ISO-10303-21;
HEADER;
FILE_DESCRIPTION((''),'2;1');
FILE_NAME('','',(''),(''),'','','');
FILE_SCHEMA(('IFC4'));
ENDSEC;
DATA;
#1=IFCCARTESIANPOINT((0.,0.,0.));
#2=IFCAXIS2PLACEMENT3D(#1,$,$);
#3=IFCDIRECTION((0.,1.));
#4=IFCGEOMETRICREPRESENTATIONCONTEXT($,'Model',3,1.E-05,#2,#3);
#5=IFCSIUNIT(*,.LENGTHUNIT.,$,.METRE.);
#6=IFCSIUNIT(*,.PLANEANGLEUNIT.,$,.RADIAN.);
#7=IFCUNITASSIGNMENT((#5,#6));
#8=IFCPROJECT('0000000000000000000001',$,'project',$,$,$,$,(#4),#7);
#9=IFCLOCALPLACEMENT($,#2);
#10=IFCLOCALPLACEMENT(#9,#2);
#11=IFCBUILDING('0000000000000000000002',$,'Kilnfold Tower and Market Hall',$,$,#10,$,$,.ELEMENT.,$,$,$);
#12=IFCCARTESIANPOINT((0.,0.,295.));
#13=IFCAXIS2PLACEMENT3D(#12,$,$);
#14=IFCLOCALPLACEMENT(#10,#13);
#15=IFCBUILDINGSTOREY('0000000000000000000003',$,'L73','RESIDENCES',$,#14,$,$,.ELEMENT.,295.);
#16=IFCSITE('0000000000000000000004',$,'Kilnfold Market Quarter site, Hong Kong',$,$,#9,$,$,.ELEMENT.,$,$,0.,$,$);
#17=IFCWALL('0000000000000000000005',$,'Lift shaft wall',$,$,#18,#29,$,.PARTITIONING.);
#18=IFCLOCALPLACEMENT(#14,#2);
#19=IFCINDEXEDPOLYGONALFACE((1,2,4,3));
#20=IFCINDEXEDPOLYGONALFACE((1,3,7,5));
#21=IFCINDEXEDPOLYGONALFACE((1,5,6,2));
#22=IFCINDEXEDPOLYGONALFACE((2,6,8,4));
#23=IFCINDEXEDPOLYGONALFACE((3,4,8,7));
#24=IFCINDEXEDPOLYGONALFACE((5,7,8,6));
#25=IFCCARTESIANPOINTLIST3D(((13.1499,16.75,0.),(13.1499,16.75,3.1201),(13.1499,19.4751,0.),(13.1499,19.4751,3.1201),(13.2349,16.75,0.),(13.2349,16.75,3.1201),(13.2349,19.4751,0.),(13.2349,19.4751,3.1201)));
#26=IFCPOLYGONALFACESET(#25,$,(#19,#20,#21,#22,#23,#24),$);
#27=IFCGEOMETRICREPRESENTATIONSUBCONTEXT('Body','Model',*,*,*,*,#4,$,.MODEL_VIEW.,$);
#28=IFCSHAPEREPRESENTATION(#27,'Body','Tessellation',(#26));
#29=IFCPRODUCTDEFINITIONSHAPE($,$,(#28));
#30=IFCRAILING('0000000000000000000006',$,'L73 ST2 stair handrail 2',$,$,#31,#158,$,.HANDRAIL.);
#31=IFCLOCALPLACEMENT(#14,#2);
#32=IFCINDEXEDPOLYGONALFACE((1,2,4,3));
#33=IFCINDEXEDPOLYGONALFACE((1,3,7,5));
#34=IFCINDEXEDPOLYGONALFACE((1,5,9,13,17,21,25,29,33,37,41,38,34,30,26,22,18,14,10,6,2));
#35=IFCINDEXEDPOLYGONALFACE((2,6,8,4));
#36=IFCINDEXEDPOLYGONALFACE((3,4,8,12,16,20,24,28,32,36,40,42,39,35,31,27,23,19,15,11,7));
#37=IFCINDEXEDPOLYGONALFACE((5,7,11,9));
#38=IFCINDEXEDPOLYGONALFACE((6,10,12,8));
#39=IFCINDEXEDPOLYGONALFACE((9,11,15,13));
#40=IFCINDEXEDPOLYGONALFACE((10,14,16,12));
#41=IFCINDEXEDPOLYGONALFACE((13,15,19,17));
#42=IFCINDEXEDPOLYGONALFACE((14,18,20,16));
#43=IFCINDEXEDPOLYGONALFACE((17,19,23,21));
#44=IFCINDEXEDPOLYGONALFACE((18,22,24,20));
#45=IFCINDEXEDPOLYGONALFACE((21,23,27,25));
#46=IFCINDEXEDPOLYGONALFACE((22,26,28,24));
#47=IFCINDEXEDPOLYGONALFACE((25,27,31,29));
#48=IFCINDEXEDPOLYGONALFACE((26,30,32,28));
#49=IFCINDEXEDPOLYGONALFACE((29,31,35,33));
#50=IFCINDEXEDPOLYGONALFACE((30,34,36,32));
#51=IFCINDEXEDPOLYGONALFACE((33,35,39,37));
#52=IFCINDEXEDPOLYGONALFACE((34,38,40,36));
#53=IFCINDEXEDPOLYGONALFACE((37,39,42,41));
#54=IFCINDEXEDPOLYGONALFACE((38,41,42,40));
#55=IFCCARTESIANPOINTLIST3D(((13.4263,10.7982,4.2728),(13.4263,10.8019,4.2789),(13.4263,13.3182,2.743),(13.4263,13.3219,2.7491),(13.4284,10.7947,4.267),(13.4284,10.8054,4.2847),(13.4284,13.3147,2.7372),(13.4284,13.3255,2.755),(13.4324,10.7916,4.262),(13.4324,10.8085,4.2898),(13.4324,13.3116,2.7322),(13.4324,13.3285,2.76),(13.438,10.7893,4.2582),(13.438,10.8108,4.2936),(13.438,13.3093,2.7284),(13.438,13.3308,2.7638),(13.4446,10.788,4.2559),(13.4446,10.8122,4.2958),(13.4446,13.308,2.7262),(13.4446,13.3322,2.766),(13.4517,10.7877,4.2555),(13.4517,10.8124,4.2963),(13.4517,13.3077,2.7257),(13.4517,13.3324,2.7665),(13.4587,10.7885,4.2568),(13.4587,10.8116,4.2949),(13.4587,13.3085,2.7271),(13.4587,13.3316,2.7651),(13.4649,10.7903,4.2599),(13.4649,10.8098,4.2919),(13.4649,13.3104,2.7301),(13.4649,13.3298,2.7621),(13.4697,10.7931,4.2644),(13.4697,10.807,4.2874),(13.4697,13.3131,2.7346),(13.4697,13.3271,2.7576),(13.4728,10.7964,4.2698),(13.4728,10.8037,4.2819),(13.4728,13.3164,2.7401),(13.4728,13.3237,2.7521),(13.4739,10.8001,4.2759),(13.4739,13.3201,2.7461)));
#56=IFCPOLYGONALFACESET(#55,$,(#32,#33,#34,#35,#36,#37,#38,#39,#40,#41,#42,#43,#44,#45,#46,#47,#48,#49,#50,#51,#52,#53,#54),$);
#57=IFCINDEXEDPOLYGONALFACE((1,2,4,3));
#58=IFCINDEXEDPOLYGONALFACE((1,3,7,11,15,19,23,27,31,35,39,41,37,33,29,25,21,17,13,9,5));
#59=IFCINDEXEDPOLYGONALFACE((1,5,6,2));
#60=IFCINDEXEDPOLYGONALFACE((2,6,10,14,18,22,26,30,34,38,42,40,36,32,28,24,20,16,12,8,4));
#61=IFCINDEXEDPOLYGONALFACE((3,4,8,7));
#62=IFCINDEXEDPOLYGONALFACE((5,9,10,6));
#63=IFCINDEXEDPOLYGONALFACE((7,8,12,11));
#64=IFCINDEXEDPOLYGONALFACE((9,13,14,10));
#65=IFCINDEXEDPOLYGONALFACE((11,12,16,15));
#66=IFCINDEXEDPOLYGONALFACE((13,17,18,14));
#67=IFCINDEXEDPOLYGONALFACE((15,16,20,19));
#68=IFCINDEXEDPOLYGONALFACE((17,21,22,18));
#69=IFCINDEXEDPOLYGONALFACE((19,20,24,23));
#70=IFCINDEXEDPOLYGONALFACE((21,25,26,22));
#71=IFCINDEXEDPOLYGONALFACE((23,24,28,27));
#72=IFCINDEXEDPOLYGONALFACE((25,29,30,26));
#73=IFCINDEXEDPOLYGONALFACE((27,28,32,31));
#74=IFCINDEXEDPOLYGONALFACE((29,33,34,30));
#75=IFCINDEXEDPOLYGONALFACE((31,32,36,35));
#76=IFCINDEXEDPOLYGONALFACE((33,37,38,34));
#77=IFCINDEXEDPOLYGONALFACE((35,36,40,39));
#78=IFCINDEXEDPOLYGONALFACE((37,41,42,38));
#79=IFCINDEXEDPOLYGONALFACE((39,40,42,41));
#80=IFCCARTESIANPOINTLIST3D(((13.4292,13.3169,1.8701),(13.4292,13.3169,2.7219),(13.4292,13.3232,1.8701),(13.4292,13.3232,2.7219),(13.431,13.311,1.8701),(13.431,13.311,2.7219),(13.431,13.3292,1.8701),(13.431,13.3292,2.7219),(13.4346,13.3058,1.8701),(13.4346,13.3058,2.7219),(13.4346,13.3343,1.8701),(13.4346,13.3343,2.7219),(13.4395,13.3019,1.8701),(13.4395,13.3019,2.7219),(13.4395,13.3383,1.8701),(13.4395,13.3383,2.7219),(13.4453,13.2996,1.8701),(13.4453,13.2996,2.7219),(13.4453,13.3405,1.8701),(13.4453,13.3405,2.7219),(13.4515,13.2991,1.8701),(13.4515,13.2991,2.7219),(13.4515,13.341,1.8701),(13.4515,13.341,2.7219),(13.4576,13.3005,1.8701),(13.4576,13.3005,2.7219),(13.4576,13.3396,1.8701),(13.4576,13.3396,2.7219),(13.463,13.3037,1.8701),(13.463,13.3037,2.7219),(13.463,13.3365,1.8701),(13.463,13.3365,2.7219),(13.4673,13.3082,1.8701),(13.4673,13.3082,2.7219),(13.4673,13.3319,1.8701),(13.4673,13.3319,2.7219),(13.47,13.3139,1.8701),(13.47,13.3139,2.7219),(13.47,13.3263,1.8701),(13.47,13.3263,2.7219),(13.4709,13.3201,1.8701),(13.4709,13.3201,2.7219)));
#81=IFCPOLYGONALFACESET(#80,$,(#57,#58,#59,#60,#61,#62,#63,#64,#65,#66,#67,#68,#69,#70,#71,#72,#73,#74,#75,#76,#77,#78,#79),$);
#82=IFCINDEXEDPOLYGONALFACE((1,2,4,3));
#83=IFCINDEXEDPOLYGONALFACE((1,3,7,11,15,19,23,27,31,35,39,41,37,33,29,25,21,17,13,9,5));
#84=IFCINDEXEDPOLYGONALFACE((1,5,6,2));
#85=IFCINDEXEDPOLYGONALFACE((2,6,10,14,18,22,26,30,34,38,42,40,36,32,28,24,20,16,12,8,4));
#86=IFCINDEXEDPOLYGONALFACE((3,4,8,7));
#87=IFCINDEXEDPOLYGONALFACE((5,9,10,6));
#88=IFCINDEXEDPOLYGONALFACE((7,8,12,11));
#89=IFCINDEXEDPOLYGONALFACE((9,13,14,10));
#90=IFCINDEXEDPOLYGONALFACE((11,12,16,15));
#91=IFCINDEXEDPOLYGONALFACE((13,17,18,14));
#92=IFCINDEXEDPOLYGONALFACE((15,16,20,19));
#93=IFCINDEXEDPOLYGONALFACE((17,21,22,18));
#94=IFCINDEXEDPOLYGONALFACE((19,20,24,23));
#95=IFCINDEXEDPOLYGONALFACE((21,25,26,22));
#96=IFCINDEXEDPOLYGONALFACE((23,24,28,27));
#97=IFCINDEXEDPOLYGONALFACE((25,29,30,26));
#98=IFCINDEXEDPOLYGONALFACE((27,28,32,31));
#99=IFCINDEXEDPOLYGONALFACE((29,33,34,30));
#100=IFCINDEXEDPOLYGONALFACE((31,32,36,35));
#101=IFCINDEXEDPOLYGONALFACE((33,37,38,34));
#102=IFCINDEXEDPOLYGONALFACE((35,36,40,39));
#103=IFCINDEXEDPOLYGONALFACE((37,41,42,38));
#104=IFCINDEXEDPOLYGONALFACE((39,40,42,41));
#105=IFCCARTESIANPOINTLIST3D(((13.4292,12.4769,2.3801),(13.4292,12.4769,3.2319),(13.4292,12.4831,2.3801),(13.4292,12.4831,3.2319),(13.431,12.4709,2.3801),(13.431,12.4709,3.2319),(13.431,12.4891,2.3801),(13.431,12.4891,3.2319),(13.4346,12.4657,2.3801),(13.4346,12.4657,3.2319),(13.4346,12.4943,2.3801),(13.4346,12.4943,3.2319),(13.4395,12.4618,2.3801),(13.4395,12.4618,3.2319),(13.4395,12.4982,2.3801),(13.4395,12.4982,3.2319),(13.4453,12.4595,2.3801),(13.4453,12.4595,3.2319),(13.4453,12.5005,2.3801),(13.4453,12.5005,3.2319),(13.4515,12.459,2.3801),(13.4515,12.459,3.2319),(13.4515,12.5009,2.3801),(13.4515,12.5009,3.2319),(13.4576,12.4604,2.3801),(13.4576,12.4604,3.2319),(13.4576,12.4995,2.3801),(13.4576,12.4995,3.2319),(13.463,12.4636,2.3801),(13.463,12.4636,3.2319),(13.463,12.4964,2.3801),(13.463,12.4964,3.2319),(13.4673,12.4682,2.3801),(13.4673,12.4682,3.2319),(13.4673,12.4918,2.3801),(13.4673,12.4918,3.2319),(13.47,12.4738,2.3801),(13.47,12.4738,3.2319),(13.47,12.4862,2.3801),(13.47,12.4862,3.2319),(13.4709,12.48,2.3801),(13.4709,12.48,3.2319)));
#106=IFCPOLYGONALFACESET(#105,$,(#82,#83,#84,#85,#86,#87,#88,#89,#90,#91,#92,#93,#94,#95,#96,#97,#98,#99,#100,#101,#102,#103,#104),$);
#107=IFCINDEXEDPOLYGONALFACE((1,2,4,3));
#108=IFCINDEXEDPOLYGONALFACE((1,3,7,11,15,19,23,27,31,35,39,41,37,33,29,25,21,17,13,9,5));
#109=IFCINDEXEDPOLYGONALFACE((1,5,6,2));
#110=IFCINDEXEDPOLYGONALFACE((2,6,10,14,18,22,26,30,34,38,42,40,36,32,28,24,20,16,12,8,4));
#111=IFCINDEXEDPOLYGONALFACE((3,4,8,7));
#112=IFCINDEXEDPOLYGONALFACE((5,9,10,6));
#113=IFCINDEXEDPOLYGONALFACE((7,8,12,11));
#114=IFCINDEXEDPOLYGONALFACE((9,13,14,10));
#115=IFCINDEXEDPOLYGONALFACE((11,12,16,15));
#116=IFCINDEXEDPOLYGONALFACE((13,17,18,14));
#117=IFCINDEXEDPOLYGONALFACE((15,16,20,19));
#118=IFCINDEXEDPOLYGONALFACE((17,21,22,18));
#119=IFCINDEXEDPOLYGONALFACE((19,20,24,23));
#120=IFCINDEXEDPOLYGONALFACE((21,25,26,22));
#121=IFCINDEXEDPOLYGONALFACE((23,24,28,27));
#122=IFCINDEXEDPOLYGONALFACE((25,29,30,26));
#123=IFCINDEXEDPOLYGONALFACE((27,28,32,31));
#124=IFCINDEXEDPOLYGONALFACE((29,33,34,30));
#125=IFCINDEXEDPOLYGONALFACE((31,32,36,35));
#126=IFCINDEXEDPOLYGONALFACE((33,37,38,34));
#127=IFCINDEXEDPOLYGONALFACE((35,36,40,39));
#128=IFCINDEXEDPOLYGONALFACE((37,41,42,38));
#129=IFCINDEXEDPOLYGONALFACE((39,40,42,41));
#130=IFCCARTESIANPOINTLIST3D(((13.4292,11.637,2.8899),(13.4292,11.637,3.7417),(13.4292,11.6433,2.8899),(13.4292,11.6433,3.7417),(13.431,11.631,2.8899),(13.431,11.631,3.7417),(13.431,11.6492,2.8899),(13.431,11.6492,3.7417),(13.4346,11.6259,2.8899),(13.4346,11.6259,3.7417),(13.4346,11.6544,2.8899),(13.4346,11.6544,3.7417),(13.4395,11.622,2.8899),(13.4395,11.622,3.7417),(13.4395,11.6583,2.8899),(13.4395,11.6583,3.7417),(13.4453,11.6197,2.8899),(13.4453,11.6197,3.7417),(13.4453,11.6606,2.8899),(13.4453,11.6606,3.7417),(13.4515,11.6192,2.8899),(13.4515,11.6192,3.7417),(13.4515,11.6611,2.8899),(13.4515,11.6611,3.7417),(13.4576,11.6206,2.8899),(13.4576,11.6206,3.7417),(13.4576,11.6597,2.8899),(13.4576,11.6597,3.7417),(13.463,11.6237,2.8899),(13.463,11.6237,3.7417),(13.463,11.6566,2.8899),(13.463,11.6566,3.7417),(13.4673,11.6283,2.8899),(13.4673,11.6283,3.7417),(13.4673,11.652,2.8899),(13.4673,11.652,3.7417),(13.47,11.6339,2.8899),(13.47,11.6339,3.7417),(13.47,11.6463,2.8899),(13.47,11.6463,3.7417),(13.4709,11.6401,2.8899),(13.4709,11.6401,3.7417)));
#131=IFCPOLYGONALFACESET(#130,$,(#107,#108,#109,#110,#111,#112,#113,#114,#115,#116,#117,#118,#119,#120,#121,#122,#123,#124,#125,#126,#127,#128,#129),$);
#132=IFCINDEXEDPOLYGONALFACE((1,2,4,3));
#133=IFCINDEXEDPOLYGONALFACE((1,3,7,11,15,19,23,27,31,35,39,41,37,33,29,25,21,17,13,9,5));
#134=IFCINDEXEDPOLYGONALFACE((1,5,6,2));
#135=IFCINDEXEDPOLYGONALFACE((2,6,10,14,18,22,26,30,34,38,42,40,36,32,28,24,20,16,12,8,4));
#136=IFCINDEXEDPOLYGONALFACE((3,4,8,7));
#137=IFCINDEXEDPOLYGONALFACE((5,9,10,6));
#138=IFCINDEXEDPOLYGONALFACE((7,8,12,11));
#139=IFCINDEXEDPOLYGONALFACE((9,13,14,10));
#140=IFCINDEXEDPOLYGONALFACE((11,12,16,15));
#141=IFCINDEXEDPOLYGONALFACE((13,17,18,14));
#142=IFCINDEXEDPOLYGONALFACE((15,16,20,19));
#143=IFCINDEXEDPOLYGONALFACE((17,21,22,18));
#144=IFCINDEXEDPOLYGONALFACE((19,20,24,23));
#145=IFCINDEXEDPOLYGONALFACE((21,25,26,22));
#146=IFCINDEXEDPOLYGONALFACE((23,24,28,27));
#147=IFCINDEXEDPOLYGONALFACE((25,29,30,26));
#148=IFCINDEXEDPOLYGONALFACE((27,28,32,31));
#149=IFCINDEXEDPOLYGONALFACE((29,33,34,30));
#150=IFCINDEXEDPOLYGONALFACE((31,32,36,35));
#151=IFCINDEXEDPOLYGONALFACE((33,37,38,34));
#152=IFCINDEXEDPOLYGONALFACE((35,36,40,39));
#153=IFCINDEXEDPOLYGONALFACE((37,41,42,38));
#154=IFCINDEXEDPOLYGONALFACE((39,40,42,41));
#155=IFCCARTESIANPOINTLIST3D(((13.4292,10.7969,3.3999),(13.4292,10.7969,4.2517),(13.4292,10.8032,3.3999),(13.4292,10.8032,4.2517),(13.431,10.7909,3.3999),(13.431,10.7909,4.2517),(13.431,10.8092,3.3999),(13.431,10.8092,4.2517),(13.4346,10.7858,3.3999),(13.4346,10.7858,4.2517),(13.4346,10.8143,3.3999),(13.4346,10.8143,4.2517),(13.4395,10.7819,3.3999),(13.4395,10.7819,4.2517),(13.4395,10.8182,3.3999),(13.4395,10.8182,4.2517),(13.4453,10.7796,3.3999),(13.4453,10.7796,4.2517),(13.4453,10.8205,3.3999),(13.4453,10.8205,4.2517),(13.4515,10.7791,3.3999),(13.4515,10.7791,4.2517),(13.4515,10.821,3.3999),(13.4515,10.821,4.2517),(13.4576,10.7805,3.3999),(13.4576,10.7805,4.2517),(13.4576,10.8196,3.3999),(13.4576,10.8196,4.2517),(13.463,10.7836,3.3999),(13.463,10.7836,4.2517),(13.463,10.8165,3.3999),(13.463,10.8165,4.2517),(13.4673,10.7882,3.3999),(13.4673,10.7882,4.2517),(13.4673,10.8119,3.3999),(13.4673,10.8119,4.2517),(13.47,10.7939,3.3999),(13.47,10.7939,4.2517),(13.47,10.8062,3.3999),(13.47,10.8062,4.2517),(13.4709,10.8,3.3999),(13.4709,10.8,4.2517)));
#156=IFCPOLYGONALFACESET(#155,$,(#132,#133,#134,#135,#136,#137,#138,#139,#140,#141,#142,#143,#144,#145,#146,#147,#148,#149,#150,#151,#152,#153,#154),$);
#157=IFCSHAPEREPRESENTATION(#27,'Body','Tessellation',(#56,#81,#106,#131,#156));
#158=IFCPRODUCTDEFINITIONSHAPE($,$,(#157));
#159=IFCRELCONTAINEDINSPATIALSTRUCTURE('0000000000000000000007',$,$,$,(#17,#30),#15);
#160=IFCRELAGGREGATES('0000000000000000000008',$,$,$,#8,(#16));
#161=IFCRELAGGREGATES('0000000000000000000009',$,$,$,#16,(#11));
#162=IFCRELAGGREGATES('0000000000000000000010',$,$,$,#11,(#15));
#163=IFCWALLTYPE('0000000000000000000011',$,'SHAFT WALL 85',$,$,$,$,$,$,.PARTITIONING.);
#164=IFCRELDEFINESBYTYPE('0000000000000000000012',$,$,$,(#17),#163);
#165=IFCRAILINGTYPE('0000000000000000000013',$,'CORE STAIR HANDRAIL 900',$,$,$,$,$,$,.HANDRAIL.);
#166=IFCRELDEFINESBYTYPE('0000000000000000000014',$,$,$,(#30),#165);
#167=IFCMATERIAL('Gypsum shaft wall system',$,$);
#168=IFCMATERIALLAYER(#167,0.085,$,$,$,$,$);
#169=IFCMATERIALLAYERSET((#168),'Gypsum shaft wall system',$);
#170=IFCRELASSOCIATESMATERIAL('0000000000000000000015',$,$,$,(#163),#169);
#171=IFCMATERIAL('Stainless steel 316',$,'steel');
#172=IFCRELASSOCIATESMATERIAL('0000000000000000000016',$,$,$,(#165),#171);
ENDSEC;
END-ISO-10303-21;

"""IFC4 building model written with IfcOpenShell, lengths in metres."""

from ifc_helpers import new_model, si_unit, direction, frame, frame_2d, origin, origin_2d, place, context, subcontext, project, spatial, rectangle, circle, extrude, source, transform, mapped, material, layer, layer_set, type_object, element, save


model = new_model("IFC4")

# Units and contexts
model_context = context("Model", 3, precision=1e-05, world=origin(), true_north=direction((0.0, 1.0)))
body_context = subcontext(model_context, "Body", "Model", "MODEL_VIEW")
ifc_project = project(units=[si_unit("LENGTHUNIT", "METRE"), si_unit("PLANEANGLEUNIT", "RADIAN")], contexts=[model_context])

# Site, building, storey
site_placement = place(None, origin())
site = spatial("IfcSite", under=ifc_project, at=site_placement, Name="Kilnfold Market Quarter site, Hong Kong", CompositionType="ELEMENT", RefElevation=0.0)
building_placement = place(site_placement, origin())
building = spatial("IfcBuilding", under=site, at=building_placement, Name="Kilnfold Tower and Market Hall", CompositionType="ELEMENT")
storey_placement = place(building_placement, frame((0.0, 0.0, 295.0)))
storey = spatial("IfcBuildingStorey", under=building, at=storey_placement, Name="L73", Description="RESIDENCES", CompositionType="ELEMENT", Elevation=295.0)

# Wall
ifc_material_1 = material(Name="Gypsum shaft wall system")
ifc_layer_1 = layer(ifc_material_1, 0.085)
ifc_layer_set_1 = layer_set([ifc_layer_1], Name="Gypsum shaft wall system")
wall_type_1 = type_object("IfcWallType", Name="SHAFT WALL 85", PredefinedType="PARTITIONING", material=ifc_layer_set_1)
shared_shape_1 = source(origin(), body_context, "Body", "SweptSolid", [
    extrude(rectangle(XDim=2.7251, YDim=0.085, at=frame_2d((1.3625, 0.0))), origin(), (0.0, 0.0, 1.0), 3.1201),
])
wall_1_placement = place(storey_placement, frame((13.1924, 16.75, 0.0), z_axis=(0.0, 0.0, 1.0), x_axis=(0.0, 1.0, 0.0)))
element("IfcWall", 1, at=wall_1_placement, inside=storey, type_object=wall_type_1, Name="Lift shaft wall", PredefinedType="PARTITIONING", context=body_context, shape_type="MappedRepresentation", body=[
    mapped(shared_shape_1, transform((0.0, 0.0, 0.0))),
])

# Railing
ifc_material_2 = material(Name="Stainless steel 316", Category="steel")
railing_type = type_object("IfcRailingType", Name="CORE STAIR HANDRAIL 900", PredefinedType="HANDRAIL", material=ifc_material_2)
railing_placement = place(storey_placement, frame((13.45, 13.3201, 1.8701)))
element("IfcRailing", 2, at=railing_placement, inside=storey, type_object=railing_type, Name="L73 ST2 stair handrail 2", PredefinedType="HANDRAIL", context=body_context, shape_type="SweptSolid", body=[
    extrude(circle(Radius=0.0239, at=origin_2d()), frame((0.0, 0.0, 0.876), z_axis=(0.0, -0.854822, 0.518922), x_axis=(1.0, 0.0, 0.0)), (0.0, 0.0, 1.0), 2.948),
    extrude(circle(Radius=0.021, at=origin_2d()), origin(), (0.0, 0.0, 1.0), 0.8518),
    extrude(circle(Radius=0.021, at=origin_2d()), frame((0.0, -0.8401, 0.51)), (0.0, 0.0, 1.0), 0.8518),
    extrude(circle(Radius=0.021, at=origin_2d()), frame((0.0, -1.6799, 1.0198)), (0.0, 0.0, 1.0), 0.8518),
    extrude(circle(Radius=0.021, at=origin_2d()), frame((0.0, -2.52, 1.5298)), (0.0, 0.0, 1.0), 0.8518),
])

save(model, "model.ifc")
